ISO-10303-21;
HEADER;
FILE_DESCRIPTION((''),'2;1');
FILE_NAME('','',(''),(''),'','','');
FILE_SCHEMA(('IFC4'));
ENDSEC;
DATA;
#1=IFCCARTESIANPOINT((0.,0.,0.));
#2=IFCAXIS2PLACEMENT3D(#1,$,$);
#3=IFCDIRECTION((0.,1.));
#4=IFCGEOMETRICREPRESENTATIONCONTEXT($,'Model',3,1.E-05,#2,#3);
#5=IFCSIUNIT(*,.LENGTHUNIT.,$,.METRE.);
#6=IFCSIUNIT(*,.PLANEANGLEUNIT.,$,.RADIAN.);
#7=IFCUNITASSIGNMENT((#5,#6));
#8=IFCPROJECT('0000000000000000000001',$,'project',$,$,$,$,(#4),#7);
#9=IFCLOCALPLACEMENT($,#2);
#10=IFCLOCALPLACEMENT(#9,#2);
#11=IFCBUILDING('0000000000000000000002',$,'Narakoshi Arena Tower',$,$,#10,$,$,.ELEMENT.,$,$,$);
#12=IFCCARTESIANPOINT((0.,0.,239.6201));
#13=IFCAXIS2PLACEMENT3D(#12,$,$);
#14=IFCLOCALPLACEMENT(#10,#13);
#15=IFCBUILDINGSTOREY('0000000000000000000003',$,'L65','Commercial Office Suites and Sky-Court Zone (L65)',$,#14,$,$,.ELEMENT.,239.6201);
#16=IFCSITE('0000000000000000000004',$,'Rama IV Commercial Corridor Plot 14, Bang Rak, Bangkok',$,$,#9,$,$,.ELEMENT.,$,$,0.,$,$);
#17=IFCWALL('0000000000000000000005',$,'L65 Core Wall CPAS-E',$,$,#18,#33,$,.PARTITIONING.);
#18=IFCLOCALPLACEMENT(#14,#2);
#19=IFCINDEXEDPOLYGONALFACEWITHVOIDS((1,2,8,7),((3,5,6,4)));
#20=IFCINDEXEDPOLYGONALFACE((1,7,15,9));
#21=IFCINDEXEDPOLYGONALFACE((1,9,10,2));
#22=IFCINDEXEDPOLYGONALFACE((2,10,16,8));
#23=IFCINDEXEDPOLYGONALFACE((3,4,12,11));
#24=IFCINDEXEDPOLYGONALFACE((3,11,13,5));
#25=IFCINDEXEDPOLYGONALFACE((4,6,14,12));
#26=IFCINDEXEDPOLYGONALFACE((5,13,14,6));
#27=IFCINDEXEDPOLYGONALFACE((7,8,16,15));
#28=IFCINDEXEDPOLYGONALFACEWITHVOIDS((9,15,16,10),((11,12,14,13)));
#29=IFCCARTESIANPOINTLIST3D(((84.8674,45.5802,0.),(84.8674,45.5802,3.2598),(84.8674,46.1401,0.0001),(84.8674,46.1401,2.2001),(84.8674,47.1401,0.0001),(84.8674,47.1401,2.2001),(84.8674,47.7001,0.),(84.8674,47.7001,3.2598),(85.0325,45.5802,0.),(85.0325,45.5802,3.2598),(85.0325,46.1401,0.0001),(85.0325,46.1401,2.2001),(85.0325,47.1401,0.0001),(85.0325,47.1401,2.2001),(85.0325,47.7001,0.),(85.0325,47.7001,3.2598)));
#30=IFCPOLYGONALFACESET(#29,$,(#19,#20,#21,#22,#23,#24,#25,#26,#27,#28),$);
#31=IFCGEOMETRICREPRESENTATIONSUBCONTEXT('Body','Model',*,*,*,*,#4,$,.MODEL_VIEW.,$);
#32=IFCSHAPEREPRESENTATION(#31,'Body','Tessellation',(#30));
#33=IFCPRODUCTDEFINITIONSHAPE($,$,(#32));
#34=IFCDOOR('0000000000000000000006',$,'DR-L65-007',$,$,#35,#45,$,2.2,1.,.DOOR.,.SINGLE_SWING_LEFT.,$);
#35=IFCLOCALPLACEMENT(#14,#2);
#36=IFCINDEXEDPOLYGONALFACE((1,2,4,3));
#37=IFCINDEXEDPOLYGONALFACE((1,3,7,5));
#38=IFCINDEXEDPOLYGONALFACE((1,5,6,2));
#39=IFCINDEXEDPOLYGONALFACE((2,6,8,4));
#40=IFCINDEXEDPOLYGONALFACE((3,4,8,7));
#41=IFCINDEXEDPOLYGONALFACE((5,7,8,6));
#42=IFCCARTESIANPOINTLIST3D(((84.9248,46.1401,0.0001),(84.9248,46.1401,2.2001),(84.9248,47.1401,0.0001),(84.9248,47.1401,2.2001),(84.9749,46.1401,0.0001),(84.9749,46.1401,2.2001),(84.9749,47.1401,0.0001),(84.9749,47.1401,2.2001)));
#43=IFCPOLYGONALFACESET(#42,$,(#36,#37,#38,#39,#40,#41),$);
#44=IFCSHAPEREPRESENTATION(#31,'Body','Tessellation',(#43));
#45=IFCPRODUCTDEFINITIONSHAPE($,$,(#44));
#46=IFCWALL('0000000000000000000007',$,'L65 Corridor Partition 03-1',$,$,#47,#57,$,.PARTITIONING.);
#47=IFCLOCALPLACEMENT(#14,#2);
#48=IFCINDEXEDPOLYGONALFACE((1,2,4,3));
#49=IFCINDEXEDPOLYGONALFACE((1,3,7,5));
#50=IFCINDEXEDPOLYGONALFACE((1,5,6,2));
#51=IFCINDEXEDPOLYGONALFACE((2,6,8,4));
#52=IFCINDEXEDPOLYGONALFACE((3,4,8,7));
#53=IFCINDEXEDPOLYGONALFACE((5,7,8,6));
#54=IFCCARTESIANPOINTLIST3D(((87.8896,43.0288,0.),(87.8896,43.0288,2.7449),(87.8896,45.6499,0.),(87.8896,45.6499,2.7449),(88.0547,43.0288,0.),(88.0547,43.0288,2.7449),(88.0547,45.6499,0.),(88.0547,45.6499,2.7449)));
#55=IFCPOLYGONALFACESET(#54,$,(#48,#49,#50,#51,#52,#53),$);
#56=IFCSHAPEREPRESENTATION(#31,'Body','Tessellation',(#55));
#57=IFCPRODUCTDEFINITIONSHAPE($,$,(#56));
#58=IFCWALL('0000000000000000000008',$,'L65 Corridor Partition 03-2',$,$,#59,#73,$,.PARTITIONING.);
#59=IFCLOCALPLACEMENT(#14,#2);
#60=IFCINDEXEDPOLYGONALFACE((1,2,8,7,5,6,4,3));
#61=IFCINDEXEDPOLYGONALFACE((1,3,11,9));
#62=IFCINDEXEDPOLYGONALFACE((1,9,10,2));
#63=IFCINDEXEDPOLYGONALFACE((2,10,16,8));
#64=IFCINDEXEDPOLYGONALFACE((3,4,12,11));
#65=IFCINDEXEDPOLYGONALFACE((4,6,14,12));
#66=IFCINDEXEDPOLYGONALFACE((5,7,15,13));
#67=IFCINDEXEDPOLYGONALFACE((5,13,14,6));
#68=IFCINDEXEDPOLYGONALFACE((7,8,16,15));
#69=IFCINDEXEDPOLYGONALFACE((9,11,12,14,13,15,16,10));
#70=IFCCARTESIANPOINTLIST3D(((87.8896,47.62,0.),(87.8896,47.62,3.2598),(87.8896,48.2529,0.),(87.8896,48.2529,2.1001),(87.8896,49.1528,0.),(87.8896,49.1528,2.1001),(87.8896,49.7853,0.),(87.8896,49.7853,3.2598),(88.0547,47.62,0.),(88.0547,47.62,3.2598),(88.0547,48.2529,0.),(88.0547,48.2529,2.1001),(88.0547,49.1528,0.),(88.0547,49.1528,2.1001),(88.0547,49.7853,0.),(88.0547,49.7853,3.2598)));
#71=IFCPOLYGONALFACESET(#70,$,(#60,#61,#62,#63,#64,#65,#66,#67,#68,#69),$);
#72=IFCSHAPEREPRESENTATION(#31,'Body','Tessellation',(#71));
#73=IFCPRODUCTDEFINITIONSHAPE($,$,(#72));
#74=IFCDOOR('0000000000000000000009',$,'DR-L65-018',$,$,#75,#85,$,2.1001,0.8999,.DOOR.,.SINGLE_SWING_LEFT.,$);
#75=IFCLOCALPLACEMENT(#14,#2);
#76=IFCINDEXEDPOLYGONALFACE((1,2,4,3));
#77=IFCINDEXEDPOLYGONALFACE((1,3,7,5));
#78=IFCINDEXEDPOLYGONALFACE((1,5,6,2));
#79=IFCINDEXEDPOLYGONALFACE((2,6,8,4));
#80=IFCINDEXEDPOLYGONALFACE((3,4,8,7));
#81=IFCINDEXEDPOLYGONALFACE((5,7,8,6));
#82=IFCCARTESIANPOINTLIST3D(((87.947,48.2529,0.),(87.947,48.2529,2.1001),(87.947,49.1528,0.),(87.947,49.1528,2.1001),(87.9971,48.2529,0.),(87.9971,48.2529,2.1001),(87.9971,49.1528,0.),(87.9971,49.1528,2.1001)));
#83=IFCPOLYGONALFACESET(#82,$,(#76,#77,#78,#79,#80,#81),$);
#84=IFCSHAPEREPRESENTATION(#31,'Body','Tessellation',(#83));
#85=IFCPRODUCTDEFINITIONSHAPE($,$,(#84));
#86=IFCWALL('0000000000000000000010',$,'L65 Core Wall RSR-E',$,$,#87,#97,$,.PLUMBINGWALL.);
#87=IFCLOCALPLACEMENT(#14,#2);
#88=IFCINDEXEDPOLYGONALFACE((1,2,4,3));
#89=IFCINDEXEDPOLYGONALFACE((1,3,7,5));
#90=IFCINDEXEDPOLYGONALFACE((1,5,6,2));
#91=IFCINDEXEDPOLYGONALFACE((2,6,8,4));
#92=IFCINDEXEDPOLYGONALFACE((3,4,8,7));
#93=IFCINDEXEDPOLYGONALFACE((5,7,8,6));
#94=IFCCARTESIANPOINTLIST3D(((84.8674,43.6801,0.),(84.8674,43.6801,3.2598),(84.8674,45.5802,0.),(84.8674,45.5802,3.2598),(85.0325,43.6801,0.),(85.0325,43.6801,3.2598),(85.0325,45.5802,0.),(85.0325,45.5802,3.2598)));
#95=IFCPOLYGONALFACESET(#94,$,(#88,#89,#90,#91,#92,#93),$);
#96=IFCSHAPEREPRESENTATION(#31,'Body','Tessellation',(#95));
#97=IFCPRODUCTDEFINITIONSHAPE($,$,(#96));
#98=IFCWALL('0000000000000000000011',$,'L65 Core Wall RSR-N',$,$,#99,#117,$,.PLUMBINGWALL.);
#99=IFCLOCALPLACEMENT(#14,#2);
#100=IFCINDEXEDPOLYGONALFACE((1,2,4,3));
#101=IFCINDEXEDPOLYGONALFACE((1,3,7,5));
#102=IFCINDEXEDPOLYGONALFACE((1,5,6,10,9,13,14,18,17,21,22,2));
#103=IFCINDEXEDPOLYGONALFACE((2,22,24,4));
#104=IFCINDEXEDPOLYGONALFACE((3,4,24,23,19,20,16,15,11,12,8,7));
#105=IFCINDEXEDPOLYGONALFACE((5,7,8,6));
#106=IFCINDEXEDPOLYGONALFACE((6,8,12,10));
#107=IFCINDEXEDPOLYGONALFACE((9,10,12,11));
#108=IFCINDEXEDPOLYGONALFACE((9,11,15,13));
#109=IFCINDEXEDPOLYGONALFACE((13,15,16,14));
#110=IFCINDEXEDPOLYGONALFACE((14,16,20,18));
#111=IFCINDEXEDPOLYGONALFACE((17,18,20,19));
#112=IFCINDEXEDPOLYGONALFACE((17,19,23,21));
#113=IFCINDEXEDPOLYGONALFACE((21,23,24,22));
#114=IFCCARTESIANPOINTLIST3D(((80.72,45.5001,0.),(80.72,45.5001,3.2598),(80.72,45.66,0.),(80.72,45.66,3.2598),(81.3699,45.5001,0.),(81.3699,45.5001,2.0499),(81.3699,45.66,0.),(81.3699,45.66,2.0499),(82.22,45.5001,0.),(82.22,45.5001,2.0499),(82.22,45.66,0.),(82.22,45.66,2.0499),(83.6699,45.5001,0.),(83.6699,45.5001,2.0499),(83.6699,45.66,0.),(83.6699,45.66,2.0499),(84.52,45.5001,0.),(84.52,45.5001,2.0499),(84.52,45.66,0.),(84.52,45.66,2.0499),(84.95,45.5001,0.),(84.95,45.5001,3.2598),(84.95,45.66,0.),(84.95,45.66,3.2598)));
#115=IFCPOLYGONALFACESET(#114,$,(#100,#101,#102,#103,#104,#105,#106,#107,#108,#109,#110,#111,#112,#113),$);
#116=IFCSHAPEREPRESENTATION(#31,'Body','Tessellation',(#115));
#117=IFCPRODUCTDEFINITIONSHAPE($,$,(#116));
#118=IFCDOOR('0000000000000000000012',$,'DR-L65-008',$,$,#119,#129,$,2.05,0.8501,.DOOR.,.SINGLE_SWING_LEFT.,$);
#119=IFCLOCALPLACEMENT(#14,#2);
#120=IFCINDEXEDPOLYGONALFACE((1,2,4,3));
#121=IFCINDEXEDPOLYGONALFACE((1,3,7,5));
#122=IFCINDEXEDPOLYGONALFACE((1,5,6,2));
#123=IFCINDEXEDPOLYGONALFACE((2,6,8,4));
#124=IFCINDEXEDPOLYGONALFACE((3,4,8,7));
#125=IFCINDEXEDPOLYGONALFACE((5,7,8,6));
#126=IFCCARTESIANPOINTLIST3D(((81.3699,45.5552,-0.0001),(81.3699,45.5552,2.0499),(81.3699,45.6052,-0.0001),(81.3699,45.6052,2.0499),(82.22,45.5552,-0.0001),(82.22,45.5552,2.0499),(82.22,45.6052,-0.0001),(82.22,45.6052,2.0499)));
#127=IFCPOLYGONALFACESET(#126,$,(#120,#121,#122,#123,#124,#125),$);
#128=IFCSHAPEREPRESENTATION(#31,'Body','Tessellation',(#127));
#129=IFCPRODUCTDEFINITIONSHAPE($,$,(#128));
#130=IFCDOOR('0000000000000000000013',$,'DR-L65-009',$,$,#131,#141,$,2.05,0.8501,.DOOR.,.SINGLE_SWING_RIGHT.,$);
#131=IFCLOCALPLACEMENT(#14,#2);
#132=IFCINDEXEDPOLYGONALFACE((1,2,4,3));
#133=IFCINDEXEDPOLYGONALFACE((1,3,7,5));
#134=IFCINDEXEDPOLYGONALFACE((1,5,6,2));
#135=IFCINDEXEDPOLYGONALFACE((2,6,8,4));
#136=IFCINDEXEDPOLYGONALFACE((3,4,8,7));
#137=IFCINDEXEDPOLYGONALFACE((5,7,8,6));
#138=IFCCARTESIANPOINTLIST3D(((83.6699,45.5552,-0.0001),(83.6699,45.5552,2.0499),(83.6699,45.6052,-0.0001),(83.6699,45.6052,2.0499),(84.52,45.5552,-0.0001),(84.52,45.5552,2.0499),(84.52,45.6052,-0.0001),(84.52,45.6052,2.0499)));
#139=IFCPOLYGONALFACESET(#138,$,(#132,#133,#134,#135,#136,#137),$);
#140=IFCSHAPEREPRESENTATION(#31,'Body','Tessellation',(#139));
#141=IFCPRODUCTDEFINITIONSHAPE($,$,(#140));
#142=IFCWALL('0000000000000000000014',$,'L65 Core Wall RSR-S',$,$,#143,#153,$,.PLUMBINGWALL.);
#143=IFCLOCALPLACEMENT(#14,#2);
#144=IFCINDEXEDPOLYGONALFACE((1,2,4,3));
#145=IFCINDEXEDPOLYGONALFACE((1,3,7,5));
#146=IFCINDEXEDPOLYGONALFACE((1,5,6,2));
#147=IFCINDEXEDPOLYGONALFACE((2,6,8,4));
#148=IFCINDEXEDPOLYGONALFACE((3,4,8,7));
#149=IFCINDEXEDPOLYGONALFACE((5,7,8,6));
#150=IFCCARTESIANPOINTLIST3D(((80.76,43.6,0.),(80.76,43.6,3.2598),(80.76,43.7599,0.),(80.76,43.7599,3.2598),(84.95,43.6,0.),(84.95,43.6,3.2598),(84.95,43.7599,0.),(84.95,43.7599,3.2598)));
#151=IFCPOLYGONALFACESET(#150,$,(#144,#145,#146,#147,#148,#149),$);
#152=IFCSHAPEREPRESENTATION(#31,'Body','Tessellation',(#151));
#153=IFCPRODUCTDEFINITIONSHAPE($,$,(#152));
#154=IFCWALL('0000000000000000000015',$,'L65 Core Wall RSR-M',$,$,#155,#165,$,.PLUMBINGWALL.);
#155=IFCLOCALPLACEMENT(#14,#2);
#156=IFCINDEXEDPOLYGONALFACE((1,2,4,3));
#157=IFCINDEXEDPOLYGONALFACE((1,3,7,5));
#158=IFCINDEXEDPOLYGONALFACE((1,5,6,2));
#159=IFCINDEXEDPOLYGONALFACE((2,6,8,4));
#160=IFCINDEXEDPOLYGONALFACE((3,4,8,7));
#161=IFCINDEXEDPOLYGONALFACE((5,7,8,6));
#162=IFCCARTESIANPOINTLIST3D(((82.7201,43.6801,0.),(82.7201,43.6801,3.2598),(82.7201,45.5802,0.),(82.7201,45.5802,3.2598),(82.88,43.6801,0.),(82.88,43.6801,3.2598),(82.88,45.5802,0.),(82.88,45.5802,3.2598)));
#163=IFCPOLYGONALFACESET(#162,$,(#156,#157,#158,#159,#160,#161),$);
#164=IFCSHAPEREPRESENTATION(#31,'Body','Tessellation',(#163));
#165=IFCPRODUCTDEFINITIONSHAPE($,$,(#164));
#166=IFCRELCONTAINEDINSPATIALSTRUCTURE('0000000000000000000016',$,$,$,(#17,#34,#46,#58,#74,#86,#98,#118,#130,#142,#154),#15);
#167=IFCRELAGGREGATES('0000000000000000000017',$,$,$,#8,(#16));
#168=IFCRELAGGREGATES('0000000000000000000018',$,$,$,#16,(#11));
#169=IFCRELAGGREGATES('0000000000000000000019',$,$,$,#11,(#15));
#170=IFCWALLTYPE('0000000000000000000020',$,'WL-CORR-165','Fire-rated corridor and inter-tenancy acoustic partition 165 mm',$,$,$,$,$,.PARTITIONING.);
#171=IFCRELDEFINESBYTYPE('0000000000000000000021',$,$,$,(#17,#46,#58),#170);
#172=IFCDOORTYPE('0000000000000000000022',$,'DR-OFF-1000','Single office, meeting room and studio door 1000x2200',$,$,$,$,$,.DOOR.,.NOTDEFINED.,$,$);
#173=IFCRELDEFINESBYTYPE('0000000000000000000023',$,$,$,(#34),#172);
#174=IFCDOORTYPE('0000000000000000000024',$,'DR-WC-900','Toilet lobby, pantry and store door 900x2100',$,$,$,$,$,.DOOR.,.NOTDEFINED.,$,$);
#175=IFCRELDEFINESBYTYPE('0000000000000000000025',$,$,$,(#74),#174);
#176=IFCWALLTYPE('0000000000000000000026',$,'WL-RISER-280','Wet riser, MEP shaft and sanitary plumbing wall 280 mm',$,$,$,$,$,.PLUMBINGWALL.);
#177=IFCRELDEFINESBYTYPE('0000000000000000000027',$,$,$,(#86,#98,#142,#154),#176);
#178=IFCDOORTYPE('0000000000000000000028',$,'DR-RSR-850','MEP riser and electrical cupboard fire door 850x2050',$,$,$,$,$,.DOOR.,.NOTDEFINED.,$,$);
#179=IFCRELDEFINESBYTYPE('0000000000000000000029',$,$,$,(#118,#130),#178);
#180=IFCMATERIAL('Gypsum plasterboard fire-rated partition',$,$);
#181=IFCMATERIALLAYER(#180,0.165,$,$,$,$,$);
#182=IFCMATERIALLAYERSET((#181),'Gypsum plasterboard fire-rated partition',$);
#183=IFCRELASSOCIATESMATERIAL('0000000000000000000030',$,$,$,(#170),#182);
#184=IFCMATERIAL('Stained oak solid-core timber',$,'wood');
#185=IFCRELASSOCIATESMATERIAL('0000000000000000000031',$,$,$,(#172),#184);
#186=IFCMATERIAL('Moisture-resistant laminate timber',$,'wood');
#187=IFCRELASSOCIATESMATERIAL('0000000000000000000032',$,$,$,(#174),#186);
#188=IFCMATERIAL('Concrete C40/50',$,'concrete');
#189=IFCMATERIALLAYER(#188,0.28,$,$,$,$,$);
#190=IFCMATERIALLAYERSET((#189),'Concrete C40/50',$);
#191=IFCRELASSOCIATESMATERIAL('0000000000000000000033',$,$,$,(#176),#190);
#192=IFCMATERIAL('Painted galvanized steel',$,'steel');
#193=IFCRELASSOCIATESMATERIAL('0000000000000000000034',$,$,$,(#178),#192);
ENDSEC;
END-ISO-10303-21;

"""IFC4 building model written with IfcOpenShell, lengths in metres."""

from ifc_helpers import new_model, si_unit, direction, frame, frame_2d, origin, place, context, subcontext, project, spatial, rectangle, extrude, material, layer, layer_set, type_object, element, fill, save


model = new_model("IFC4")

# Units and contexts
model_context = context("Model", 3, precision=1e-05, world=origin(), true_north=direction((0.0, 1.0)))
body_context = subcontext(model_context, "Body", "Model", "MODEL_VIEW")
ifc_project = project(units=[si_unit("LENGTHUNIT", "METRE"), si_unit("PLANEANGLEUNIT", "RADIAN")], contexts=[model_context])

# Site, building, storey
site_placement = place(None, origin())
site = spatial("IfcSite", under=ifc_project, at=site_placement, Name="Rama IV Commercial Corridor Plot 14, Bang Rak, Bangkok", CompositionType="ELEMENT", RefElevation=0.0)
building_placement = place(site_placement, origin())
building = spatial("IfcBuilding", under=site, at=building_placement, Name="Narakoshi Arena Tower", CompositionType="ELEMENT")
storey_placement = place(building_placement, frame((0.0, 0.0, 239.6201)))
storey = spatial("IfcBuildingStorey", under=building, at=storey_placement, Name="L65", Description="Commercial Office Suites and Sky-Court Zone (L65)", CompositionType="ELEMENT", Elevation=239.6201)

# Wall, opening, door
ifc_material_1 = material(Name="Gypsum plasterboard fire-rated partition")
ifc_layer_1 = layer(ifc_material_1, 0.165)
ifc_layer_set_1 = layer_set([ifc_layer_1], Name="Gypsum plasterboard fire-rated partition")
wall_type_1 = type_object("IfcWallType", Name="WL-CORR-165", Description="Fire-rated corridor and inter-tenancy acoustic partition 165 mm", PredefinedType="PARTITIONING", material=ifc_layer_set_1)
wall_1_placement = place(storey_placement, frame((84.95, 45.5801, 0.0), z_axis=(0.0, 0.0, 1.0), x_axis=(0.0, 1.0, 0.0)))
wall_1 = element("IfcWall", 1, at=wall_1_placement, inside=storey, type_object=wall_type_1, Name="L65 Core Wall CPAS-E", PredefinedType="PARTITIONING", context=body_context, shape_type="SweptSolid", body=[
    extrude(rectangle(XDim=2.1199, YDim=0.165, at=frame_2d((1.0601, 0.0))), origin(), (0.0, 0.0, 1.0), 3.2598),
])
opening_1_placement = place(wall_1_placement, frame((0.5601, 0.0, 0.0)))
opening_1 = element("IfcOpeningElement", 2, at=opening_1_placement, cuts=wall_1, PredefinedType="OPENING", context=body_context, shape_type="SweptSolid", body=[
    extrude(rectangle(XDim=1.0, YDim=2.2, at=frame_2d((0.5, 1.1001))), frame((0.0, 0.0925, 0.0), z_axis=(0.0, -1.0, 0.0), x_axis=(1.0, 0.0, 0.0)), (0.0, 0.0, 1.0), 0.1851),
])
ifc_material_2 = material(Name="Stained oak solid-core timber", Category="wood")
door_type_1 = type_object("IfcDoorType", Name="DR-OFF-1000", Description="Single office, meeting room and studio door 1000x2200", OperationType="NOTDEFINED", PredefinedType="DOOR", material=ifc_material_2)
door_1_placement = place(opening_1_placement, frame((1.0, 0.0, 0.0), z_axis=(0.0, 0.0, 1.0), x_axis=(-1.0, 0.0, 0.0)))
door_1 = element("IfcDoor", 3, at=door_1_placement, inside=storey, type_object=door_type_1, Name="DR-L65-007", OperationType="SINGLE_SWING_LEFT", OverallHeight=2.2, OverallWidth=1.0, PredefinedType="DOOR", context=body_context, shape_type="SweptSolid", body=[
    extrude(rectangle(XDim=1.0, YDim=2.2, at=frame_2d((0.5, 1.1001))), frame((0.0, 0.0249, 0.0), z_axis=(0.0, -1.0, 0.0), x_axis=(1.0, 0.0, 0.0)), (0.0, 0.0, 1.0), 0.05),
])
fill(opening_1, door_1)

# Wall
wall_2_placement = place(storey_placement, frame((87.9722, 43.0288, 0.0), z_axis=(0.0, 0.0, 1.0), x_axis=(0.0, 1.0, 0.0)))
element("IfcWall", 4, at=wall_2_placement, inside=storey, type_object=wall_type_1, Name="L65 Corridor Partition 03-1", PredefinedType="PARTITIONING", context=body_context, shape_type="SweptSolid", body=[
    extrude(rectangle(XDim=2.6211, YDim=0.165, at=frame_2d((1.3105, 0.0))), origin(), (0.0, 0.0, 1.0), 2.7449),
])

# Wall, opening, door
wall_3_placement = place(storey_placement, frame((87.9722, 47.6201, 0.0), z_axis=(0.0, 0.0, 1.0), x_axis=(0.0, 1.0, 0.0)))
wall_3 = element("IfcWall", 5, at=wall_3_placement, inside=storey, type_object=wall_type_1, Name="L65 Corridor Partition 03-2", PredefinedType="PARTITIONING", context=body_context, shape_type="SweptSolid", body=[
    extrude(rectangle(XDim=2.1653, YDim=0.165, at=frame_2d((1.0825, 0.0))), origin(), (0.0, 0.0, 1.0), 3.2598),
])
opening_2_placement = place(wall_3_placement, frame((0.6328, 0.0, 0.0)))
opening_2 = element("IfcOpeningElement", 6, at=opening_2_placement, cuts=wall_3, PredefinedType="OPENING", context=body_context, shape_type="SweptSolid", body=[
    extrude(rectangle(XDim=0.8999, YDim=2.1001, at=frame_2d((0.45, 1.05))), frame((0.0, 0.0925, 0.0), z_axis=(0.0, -1.0, 0.0), x_axis=(1.0, 0.0, 0.0)), (0.0, 0.0, 1.0), 0.1851),
])
ifc_material_3 = material(Name="Moisture-resistant laminate timber", Category="wood")
door_type_2 = type_object("IfcDoorType", Name="DR-WC-900", Description="Toilet lobby, pantry and store door 900x2100", OperationType="NOTDEFINED", PredefinedType="DOOR", material=ifc_material_3)
door_2_placement = place(opening_2_placement, frame((0.8999, 0.0, 0.0), z_axis=(0.0, 0.0, 1.0), x_axis=(-1.0, 0.0, 0.0)))
door_2 = element("IfcDoor", 7, at=door_2_placement, inside=storey, type_object=door_type_2, Name="DR-L65-018", OperationType="SINGLE_SWING_LEFT", OverallHeight=2.1001, OverallWidth=0.8999, PredefinedType="DOOR", context=body_context, shape_type="SweptSolid", body=[
    extrude(rectangle(XDim=0.8999, YDim=2.1001, at=frame_2d((0.45, 1.05))), frame((0.0, 0.0249, 0.0), z_axis=(0.0, -1.0, 0.0), x_axis=(1.0, 0.0, 0.0)), (0.0, 0.0, 1.0), 0.05),
])
fill(opening_2, door_2)

# Wall
ifc_material_4 = material(Name="Concrete C40/50", Category="concrete")
ifc_layer_2 = layer(ifc_material_4, 0.28)
ifc_layer_set_2 = layer_set([ifc_layer_2], Name="Concrete C40/50")
wall_type_2 = type_object("IfcWallType", Name="WL-RISER-280", Description="Wet riser, MEP shaft and sanitary plumbing wall 280 mm", PredefinedType="PLUMBINGWALL", material=ifc_layer_set_2)
wall_4_placement = place(storey_placement, frame((84.95, 43.6799, 0.0), z_axis=(0.0, 0.0, 1.0), x_axis=(0.0, 1.0, 0.0)))
element("IfcWall", 8, at=wall_4_placement, inside=storey, type_object=wall_type_2, Name="L65 Core Wall RSR-E", PredefinedType="PLUMBINGWALL", context=body_context, shape_type="SweptSolid", body=[
    extrude(rectangle(XDim=1.9001, YDim=0.165, at=frame_2d((0.9502, 0.0))), origin(), (0.0, 0.0, 1.0), 3.2598),
])

# Wall, openings, doors
wall_5_placement = place(storey_placement, frame((80.72, 45.5801, 0.0), z_axis=(0.0, 0.0, 1.0), x_axis=(1.0, 0.0, 0.0)))
wall_5 = element("IfcWall", 9, at=wall_5_placement, inside=storey, type_object=wall_type_2, Name="L65 Core Wall RSR-N", PredefinedType="PLUMBINGWALL", context=body_context, shape_type="SweptSolid", body=[
    extrude(rectangle(XDim=4.23, YDim=0.1599, at=frame_2d((2.115, 0.0))), origin(), (0.0, 0.0, 1.0), 3.2598),
])
opening_3_placement = place(wall_5_placement, frame((0.6499, 0.0, 0.0)))
opening_3 = element("IfcOpeningElement", 10, at=opening_3_placement, cuts=wall_5, PredefinedType="OPENING", context=body_context, shape_type="SweptSolid", body=[
    extrude(rectangle(XDim=0.8501, YDim=2.05, at=frame_2d((0.425, 1.0249))), frame((0.0, 0.0898, 0.0), z_axis=(0.0, -1.0, 0.0), x_axis=(1.0, 0.0, 0.0)), (0.0, 0.0, 1.0), 0.1799),
])
opening_4_placement = place(wall_5_placement, frame((2.95, 0.0, 0.0)))
opening_4 = element("IfcOpeningElement", 11, at=opening_4_placement, cuts=wall_5, PredefinedType="OPENING", context=body_context, shape_type="SweptSolid", body=[
    extrude(rectangle(XDim=0.8501, YDim=2.05, at=frame_2d((0.425, 1.0249))), frame((0.0, 0.0898, 0.0), z_axis=(0.0, -1.0, 0.0), x_axis=(1.0, 0.0, 0.0)), (0.0, 0.0, 1.0), 0.1799),
])
ifc_material_5 = material(Name="Painted galvanized steel", Category="steel")
door_type_3 = type_object("IfcDoorType", Name="DR-RSR-850", Description="MEP riser and electrical cupboard fire door 850x2050", OperationType="NOTDEFINED", PredefinedType="DOOR", material=ifc_material_5)
door_3_placement = place(opening_3_placement, frame((0.8501, 0.0, 0.0), z_axis=(0.0, 0.0, 1.0), x_axis=(-1.0, 0.0, 0.0)))
door_3 = element("IfcDoor", 12, at=door_3_placement, inside=storey, type_object=door_type_3, Name="DR-L65-008", OperationType="SINGLE_SWING_LEFT", OverallHeight=2.05, OverallWidth=0.8501, PredefinedType="DOOR", context=body_context, shape_type="SweptSolid", body=[
    extrude(rectangle(XDim=0.8501, YDim=2.05, at=frame_2d((0.425, 1.0249))), frame((0.0, 0.0249, 0.0), z_axis=(0.0, -1.0, 0.0), x_axis=(1.0, 0.0, 0.0)), (0.0, 0.0, 1.0), 0.05),
])
fill(opening_3, door_3)
door_4_placement = place(opening_4_placement, frame((0.8501, 0.0, 0.0), z_axis=(0.0, 0.0, 1.0), x_axis=(-1.0, 0.0, 0.0)))
door_4 = element("IfcDoor", 13, at=door_4_placement, inside=storey, type_object=door_type_3, Name="DR-L65-009", OperationType="SINGLE_SWING_RIGHT", OverallHeight=2.05, OverallWidth=0.8501, PredefinedType="DOOR", context=body_context, shape_type="SweptSolid", body=[
    extrude(rectangle(XDim=0.8501, YDim=2.05, at=frame_2d((0.425, 1.0249))), frame((0.0, 0.0249, 0.0), z_axis=(0.0, -1.0, 0.0), x_axis=(1.0, 0.0, 0.0)), (0.0, 0.0, 1.0), 0.05),
])
fill(opening_4, door_4)

# Walls
wall_6_placement = place(storey_placement, frame((80.76, 43.6799, 0.0), z_axis=(0.0, 0.0, 1.0), x_axis=(1.0, 0.0, 0.0)))
element("IfcWall", 14, at=wall_6_placement, inside=storey, type_object=wall_type_2, Name="L65 Core Wall RSR-S", PredefinedType="PLUMBINGWALL", context=body_context, shape_type="SweptSolid", body=[
    extrude(rectangle(XDim=4.1899, YDim=0.1599, at=frame_2d((2.095, 0.0))), origin(), (0.0, 0.0, 1.0), 3.2598),
])
wall_7_placement = place(storey_placement, frame((82.8, 43.6799, 0.0), z_axis=(0.0, 0.0, 1.0), x_axis=(0.0, 1.0, 0.0)))
element("IfcWall", 15, at=wall_7_placement, inside=storey, type_object=wall_type_2, Name="L65 Core Wall RSR-M", PredefinedType="PLUMBINGWALL", context=body_context, shape_type="SweptSolid", body=[
    extrude(rectangle(XDim=1.9001, YDim=0.1599, at=frame_2d((0.9502, 0.0))), origin(), (0.0, 0.0, 1.0), 3.2598),
])

save(model, "model.ifc")
